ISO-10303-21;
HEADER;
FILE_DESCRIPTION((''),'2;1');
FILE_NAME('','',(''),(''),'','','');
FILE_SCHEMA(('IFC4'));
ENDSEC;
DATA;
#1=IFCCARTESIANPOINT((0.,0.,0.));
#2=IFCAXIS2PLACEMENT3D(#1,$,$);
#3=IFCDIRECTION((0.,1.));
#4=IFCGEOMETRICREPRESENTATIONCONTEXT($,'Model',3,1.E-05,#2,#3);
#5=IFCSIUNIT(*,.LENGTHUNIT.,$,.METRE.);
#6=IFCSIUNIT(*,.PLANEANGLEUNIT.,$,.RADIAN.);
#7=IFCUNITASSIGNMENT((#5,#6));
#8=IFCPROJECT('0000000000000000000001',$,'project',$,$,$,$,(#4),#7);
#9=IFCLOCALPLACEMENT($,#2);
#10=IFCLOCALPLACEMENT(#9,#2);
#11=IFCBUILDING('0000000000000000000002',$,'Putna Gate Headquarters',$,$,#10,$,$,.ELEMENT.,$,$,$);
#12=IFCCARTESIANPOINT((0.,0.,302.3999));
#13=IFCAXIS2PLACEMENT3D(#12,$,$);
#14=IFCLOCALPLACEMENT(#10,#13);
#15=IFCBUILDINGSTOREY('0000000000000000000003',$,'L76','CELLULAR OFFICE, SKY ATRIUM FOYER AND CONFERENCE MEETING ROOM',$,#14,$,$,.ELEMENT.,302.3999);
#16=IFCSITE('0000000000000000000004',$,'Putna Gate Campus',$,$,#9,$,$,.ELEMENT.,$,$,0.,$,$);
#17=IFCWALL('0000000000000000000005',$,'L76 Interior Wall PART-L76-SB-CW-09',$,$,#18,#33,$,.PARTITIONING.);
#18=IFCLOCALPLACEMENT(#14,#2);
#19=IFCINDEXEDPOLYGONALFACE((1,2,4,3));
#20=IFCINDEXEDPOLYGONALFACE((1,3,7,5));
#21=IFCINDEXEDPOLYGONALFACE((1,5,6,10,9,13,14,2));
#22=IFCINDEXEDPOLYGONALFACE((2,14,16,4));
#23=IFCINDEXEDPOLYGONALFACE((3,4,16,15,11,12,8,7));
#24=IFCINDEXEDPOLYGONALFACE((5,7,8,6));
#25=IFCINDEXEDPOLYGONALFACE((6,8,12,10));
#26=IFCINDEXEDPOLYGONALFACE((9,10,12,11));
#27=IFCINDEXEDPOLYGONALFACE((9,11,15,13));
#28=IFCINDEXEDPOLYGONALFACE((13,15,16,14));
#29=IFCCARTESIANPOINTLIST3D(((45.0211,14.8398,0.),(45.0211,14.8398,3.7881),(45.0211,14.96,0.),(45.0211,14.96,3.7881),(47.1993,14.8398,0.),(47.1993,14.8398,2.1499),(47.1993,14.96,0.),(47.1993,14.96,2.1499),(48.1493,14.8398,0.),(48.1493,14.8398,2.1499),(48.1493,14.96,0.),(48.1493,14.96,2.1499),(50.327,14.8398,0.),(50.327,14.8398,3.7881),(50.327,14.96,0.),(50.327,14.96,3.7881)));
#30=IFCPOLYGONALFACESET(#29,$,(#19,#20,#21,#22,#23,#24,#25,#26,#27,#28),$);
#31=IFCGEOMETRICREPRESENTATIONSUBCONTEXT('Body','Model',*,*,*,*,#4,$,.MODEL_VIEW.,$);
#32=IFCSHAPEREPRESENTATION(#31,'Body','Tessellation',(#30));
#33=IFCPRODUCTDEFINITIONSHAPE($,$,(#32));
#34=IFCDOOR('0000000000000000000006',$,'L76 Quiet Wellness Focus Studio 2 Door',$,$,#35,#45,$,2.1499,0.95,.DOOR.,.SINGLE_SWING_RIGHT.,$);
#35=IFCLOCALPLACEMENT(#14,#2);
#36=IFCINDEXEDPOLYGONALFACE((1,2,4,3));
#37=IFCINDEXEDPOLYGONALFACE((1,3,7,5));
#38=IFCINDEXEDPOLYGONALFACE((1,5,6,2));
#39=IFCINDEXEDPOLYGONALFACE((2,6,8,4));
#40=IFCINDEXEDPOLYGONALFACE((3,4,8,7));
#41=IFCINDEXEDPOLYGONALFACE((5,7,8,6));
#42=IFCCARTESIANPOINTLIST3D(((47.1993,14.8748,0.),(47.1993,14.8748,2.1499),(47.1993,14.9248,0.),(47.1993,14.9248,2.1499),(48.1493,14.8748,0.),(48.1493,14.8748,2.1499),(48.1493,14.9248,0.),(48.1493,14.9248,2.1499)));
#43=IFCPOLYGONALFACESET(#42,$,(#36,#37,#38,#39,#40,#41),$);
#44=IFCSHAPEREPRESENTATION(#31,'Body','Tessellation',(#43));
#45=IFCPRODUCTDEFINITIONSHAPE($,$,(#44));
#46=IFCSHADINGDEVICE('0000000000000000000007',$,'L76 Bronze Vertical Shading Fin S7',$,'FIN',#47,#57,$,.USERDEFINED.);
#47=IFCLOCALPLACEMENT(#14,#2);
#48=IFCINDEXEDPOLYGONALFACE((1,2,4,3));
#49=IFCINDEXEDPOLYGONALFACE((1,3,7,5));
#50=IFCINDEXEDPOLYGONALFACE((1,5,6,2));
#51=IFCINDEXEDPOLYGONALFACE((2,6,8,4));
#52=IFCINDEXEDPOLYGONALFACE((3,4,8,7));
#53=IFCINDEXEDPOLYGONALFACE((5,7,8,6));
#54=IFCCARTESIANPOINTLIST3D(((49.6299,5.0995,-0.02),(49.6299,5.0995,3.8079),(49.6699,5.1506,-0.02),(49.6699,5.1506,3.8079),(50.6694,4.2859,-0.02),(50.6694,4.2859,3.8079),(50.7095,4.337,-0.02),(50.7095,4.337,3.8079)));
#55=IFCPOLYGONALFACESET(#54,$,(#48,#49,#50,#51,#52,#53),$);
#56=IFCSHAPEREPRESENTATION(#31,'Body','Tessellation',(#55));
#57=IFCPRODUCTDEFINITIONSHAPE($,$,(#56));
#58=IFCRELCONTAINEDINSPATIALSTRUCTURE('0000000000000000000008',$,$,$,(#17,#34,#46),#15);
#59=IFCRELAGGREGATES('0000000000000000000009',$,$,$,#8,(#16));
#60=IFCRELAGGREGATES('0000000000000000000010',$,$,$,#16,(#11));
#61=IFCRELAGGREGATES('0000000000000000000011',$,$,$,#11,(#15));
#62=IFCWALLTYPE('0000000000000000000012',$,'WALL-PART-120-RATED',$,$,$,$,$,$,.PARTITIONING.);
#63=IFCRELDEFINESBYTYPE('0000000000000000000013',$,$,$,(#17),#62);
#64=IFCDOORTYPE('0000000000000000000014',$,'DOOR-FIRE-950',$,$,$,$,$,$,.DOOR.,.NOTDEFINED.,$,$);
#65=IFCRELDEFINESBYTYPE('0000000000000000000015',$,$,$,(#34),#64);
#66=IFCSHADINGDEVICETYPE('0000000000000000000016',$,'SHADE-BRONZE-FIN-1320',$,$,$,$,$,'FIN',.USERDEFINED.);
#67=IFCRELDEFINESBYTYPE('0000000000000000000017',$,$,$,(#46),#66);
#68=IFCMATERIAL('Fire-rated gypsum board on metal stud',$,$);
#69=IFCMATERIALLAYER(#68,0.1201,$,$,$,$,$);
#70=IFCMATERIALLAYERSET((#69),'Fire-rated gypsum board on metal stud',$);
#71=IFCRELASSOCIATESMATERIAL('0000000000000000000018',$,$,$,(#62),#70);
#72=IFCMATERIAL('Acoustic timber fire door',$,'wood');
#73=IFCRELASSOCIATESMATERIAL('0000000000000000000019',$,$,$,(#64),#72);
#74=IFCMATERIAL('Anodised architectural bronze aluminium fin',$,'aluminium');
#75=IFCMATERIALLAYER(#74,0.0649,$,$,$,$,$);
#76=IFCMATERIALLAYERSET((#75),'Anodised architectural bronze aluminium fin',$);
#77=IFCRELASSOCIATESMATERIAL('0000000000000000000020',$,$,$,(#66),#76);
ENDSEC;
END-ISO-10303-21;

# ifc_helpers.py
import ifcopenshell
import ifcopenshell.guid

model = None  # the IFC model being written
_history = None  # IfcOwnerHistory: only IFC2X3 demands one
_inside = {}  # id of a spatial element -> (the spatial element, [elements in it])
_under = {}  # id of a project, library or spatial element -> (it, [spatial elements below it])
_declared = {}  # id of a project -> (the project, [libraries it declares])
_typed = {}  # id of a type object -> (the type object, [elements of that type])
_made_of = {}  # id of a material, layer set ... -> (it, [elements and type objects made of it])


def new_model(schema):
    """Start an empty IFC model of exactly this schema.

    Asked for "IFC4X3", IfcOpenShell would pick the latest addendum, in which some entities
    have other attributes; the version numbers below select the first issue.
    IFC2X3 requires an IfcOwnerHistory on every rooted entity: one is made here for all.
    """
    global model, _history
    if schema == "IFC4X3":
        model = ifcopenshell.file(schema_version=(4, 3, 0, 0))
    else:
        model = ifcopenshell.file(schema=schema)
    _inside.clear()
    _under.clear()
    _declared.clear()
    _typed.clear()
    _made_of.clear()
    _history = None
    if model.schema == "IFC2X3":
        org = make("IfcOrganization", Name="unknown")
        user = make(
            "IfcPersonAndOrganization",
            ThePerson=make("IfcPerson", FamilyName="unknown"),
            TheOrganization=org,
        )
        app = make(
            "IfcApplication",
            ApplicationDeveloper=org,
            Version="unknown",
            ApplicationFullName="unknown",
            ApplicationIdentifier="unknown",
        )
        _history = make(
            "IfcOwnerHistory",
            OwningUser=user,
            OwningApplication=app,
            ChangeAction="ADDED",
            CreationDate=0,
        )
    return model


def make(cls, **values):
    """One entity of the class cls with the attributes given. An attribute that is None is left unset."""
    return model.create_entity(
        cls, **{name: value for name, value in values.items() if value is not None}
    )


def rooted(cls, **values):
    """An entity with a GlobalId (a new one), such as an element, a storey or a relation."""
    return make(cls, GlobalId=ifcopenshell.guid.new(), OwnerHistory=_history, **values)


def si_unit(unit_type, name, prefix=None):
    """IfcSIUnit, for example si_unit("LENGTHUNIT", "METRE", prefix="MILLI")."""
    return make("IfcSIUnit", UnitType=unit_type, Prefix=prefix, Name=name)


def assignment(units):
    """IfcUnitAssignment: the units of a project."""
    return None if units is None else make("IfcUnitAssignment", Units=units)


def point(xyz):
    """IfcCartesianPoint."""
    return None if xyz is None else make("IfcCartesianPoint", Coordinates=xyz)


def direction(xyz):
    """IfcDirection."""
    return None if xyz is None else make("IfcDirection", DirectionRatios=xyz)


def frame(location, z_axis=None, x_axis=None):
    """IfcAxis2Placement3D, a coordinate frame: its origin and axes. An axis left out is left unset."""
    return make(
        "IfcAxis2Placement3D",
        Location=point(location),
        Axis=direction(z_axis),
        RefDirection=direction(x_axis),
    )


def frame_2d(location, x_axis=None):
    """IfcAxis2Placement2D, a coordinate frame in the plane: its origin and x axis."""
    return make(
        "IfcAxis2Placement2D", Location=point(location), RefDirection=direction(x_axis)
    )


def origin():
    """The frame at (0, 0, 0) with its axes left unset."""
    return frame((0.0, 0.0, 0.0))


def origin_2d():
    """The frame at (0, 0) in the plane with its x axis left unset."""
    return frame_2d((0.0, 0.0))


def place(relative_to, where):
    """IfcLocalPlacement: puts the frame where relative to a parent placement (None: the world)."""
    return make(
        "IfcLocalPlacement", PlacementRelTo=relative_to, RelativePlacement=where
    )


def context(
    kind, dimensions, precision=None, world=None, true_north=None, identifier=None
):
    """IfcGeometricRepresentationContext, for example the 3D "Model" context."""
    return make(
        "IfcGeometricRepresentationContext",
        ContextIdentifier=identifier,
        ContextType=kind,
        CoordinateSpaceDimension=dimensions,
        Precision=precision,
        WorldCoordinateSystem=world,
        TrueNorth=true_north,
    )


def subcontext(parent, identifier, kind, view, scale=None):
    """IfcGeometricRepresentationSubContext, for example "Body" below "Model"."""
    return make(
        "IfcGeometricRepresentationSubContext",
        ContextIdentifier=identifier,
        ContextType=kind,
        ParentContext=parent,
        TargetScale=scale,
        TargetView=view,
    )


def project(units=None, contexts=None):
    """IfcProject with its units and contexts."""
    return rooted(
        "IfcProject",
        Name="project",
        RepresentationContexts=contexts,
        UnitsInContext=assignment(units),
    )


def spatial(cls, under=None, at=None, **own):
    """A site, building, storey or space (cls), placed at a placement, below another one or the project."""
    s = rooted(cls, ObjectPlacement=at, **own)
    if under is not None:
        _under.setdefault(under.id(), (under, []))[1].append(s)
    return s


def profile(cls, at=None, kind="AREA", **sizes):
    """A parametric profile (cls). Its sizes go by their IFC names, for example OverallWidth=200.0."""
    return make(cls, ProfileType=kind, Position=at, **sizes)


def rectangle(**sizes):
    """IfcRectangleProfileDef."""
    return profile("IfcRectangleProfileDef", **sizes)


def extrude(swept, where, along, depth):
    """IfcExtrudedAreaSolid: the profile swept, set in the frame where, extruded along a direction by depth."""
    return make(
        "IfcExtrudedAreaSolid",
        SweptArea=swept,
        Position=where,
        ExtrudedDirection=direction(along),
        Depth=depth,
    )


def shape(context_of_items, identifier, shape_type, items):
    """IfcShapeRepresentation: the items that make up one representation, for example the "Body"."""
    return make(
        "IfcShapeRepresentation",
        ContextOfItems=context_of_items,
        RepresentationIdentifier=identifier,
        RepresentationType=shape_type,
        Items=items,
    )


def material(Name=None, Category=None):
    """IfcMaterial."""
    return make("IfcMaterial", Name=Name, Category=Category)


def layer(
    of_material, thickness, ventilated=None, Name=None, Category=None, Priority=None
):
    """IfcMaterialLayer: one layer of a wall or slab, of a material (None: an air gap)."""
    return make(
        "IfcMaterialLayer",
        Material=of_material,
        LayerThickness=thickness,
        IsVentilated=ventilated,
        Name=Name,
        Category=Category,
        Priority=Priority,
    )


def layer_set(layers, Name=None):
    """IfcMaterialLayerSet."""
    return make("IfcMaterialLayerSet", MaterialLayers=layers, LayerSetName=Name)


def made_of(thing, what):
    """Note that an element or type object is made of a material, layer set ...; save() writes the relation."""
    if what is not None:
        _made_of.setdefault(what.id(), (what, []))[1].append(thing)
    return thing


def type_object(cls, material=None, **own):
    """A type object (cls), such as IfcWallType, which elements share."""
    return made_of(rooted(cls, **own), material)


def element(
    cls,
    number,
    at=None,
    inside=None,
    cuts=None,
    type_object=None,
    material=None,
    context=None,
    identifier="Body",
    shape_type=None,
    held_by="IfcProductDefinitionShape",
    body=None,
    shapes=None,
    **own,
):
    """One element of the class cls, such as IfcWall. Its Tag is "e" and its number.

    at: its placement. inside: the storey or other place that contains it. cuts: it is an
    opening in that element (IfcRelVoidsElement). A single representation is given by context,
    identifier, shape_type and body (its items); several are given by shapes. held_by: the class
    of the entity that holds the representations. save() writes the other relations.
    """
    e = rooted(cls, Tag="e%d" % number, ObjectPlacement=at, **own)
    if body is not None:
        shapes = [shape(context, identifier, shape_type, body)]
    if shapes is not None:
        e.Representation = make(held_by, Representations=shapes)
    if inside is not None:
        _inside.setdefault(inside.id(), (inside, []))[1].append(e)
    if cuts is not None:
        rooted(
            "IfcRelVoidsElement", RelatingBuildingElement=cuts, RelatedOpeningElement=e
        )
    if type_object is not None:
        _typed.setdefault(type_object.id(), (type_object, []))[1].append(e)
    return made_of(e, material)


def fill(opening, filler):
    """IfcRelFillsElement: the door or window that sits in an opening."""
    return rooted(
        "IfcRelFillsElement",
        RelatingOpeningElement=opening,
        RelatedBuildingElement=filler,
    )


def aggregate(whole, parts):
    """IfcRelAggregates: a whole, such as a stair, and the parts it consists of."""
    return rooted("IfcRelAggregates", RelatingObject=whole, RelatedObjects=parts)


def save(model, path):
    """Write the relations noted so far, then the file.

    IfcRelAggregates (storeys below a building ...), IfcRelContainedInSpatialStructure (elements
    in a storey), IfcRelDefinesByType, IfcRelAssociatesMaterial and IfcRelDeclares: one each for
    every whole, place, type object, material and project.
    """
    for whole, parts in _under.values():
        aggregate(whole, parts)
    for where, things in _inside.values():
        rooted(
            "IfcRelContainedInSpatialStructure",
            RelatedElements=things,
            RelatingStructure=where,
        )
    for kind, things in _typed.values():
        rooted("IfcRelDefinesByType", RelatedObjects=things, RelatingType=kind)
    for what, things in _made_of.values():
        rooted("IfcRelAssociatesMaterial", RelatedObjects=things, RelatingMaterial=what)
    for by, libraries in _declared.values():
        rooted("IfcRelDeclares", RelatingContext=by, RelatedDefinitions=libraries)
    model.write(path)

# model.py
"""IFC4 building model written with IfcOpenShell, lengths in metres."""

from ifc_helpers import new_model, si_unit, direction, frame, frame_2d, origin, origin_2d, place, context, subcontext, project, spatial, rectangle, extrude, material, layer, layer_set, type_object, element, fill, save


model = new_model("IFC4")

# Units and contexts
model_context = context("Model", 3, precision=1e-05, world=origin(), true_north=direction((0.0, 1.0)))
body_context = subcontext(model_context, "Body", "Model", "MODEL_VIEW")
ifc_project = project(units=[si_unit("LENGTHUNIT", "METRE"), si_unit("PLANEANGLEUNIT", "RADIAN")], contexts=[model_context])

# Site, building, storey
site_placement = place(None, origin())
site = spatial("IfcSite", under=ifc_project, at=site_placement, Name="Putna Gate Campus", CompositionType="ELEMENT", RefElevation=0.0)
building_placement = place(site_placement, origin())
building = spatial("IfcBuilding", under=site, at=building_placement, Name="Putna Gate Headquarters", CompositionType="ELEMENT")
storey_placement = place(building_placement, frame((0.0, 0.0, 302.3999)))
storey = spatial("IfcBuildingStorey", under=building, at=storey_placement, Name="L76", Description="CELLULAR OFFICE, SKY ATRIUM FOYER AND CONFERENCE MEETING ROOM", CompositionType="ELEMENT", Elevation=302.3999)

# Wall, opening, door
ifc_material_1 = material(Name="Fire-rated gypsum board on metal stud")
ifc_layer_1 = layer(ifc_material_1, 0.1201)
ifc_layer_set_1 = layer_set([ifc_layer_1], Name="Fire-rated gypsum board on metal stud")
wall_type_1 = type_object("IfcWallType", Name="WALL-PART-120-RATED", PredefinedType="PARTITIONING", material=ifc_layer_set_1)
ifc_material_2 = material(Name="Acoustic timber fire door", Category="wood")
door_type = type_object("IfcDoorType", Name="DOOR-FIRE-950", OperationType="NOTDEFINED", PredefinedType="DOOR", material=ifc_material_2)
wall_1_placement = place(storey_placement, frame((45.0212, 14.8999, 0.0), z_axis=(0.0, 0.0, 1.0), x_axis=(1.0, 0.0, 0.0)))
wall_1 = element("IfcWall", 1, at=wall_1_placement, inside=storey, type_object=wall_type_1, Name="L76 Interior Wall PART-L76-SB-CW-09", PredefinedType="PARTITIONING", context=body_context, shape_type="SweptSolid", body=[
    extrude(rectangle(XDim=5.3059, YDim=0.1201, at=frame_2d((2.6528, 0.0))), origin(), (0.0, 0.0, 1.0), 3.7881),
])
opening_1_placement = place(wall_1_placement, frame((2.178, 0.0, 0.0)))
opening_1 = element("IfcOpeningElement", 2, at=opening_1_placement, cuts=wall_1, PredefinedType="OPENING", context=body_context, shape_type="SweptSolid", body=[
    extrude(rectangle(XDim=0.95, YDim=2.1499, at=frame_2d((0.4751, 1.075))), frame((0.0, 0.0701, 0.0), z_axis=(0.0, -1.0, 0.0), x_axis=(1.0, 0.0, 0.0)), (0.0, 0.0, 1.0), 0.1401),
])
door_1_placement = place(opening_1_placement, origin())
door_1 = element("IfcDoor", 3, at=door_1_placement, inside=storey, type_object=door_type, Name="L76 Quiet Wellness Focus Studio 2 Door", OperationType="SINGLE_SWING_RIGHT", OverallHeight=2.1499, OverallWidth=0.95, PredefinedType="DOOR", context=body_context, shape_type="SweptSolid", body=[
    extrude(rectangle(XDim=0.95, YDim=2.1499, at=frame_2d((0.4751, 1.075))), frame((0.0, 0.0249, 0.0), z_axis=(0.0, -1.0, 0.0), x_axis=(1.0, 0.0, 0.0)), (0.0, 0.0, 1.0), 0.05),
])
fill(opening_1, door_1)

# Shading device
ifc_material_3 = material(Name="Anodised architectural bronze aluminium fin", Category="aluminium")
ifc_layer_2 = layer(ifc_material_3, 0.0649)
ifc_layer_set_2 = layer_set([ifc_layer_2], Name="Anodised architectural bronze aluminium fin")
shading_device_type = type_object("IfcShadingDeviceType", Name="SHADE-BRONZE-FIN-1320", ElementType="FIN", PredefinedType="USERDEFINED", material=ifc_layer_set_2)
shading_device_placement = place(storey_placement, frame((50.1697, 4.7183, -0.02), z_axis=(0.0, 0.0, 1.0), x_axis=(0.787473, -0.616349, 0.0)))
element("IfcShadingDevice", 4, at=shading_device_placement, inside=storey, type_object=shading_device_type, Name="L76 Bronze Vertical Shading Fin S7", ObjectType="FIN", PredefinedType="USERDEFINED", context=body_context, shape_type="SweptSolid", body=[
    extrude(rectangle(XDim=1.3201, YDim=0.0649, at=origin_2d()), origin(), (0.0, 0.0, 1.0), 3.8279),
])

save(model, "model.ifc")
